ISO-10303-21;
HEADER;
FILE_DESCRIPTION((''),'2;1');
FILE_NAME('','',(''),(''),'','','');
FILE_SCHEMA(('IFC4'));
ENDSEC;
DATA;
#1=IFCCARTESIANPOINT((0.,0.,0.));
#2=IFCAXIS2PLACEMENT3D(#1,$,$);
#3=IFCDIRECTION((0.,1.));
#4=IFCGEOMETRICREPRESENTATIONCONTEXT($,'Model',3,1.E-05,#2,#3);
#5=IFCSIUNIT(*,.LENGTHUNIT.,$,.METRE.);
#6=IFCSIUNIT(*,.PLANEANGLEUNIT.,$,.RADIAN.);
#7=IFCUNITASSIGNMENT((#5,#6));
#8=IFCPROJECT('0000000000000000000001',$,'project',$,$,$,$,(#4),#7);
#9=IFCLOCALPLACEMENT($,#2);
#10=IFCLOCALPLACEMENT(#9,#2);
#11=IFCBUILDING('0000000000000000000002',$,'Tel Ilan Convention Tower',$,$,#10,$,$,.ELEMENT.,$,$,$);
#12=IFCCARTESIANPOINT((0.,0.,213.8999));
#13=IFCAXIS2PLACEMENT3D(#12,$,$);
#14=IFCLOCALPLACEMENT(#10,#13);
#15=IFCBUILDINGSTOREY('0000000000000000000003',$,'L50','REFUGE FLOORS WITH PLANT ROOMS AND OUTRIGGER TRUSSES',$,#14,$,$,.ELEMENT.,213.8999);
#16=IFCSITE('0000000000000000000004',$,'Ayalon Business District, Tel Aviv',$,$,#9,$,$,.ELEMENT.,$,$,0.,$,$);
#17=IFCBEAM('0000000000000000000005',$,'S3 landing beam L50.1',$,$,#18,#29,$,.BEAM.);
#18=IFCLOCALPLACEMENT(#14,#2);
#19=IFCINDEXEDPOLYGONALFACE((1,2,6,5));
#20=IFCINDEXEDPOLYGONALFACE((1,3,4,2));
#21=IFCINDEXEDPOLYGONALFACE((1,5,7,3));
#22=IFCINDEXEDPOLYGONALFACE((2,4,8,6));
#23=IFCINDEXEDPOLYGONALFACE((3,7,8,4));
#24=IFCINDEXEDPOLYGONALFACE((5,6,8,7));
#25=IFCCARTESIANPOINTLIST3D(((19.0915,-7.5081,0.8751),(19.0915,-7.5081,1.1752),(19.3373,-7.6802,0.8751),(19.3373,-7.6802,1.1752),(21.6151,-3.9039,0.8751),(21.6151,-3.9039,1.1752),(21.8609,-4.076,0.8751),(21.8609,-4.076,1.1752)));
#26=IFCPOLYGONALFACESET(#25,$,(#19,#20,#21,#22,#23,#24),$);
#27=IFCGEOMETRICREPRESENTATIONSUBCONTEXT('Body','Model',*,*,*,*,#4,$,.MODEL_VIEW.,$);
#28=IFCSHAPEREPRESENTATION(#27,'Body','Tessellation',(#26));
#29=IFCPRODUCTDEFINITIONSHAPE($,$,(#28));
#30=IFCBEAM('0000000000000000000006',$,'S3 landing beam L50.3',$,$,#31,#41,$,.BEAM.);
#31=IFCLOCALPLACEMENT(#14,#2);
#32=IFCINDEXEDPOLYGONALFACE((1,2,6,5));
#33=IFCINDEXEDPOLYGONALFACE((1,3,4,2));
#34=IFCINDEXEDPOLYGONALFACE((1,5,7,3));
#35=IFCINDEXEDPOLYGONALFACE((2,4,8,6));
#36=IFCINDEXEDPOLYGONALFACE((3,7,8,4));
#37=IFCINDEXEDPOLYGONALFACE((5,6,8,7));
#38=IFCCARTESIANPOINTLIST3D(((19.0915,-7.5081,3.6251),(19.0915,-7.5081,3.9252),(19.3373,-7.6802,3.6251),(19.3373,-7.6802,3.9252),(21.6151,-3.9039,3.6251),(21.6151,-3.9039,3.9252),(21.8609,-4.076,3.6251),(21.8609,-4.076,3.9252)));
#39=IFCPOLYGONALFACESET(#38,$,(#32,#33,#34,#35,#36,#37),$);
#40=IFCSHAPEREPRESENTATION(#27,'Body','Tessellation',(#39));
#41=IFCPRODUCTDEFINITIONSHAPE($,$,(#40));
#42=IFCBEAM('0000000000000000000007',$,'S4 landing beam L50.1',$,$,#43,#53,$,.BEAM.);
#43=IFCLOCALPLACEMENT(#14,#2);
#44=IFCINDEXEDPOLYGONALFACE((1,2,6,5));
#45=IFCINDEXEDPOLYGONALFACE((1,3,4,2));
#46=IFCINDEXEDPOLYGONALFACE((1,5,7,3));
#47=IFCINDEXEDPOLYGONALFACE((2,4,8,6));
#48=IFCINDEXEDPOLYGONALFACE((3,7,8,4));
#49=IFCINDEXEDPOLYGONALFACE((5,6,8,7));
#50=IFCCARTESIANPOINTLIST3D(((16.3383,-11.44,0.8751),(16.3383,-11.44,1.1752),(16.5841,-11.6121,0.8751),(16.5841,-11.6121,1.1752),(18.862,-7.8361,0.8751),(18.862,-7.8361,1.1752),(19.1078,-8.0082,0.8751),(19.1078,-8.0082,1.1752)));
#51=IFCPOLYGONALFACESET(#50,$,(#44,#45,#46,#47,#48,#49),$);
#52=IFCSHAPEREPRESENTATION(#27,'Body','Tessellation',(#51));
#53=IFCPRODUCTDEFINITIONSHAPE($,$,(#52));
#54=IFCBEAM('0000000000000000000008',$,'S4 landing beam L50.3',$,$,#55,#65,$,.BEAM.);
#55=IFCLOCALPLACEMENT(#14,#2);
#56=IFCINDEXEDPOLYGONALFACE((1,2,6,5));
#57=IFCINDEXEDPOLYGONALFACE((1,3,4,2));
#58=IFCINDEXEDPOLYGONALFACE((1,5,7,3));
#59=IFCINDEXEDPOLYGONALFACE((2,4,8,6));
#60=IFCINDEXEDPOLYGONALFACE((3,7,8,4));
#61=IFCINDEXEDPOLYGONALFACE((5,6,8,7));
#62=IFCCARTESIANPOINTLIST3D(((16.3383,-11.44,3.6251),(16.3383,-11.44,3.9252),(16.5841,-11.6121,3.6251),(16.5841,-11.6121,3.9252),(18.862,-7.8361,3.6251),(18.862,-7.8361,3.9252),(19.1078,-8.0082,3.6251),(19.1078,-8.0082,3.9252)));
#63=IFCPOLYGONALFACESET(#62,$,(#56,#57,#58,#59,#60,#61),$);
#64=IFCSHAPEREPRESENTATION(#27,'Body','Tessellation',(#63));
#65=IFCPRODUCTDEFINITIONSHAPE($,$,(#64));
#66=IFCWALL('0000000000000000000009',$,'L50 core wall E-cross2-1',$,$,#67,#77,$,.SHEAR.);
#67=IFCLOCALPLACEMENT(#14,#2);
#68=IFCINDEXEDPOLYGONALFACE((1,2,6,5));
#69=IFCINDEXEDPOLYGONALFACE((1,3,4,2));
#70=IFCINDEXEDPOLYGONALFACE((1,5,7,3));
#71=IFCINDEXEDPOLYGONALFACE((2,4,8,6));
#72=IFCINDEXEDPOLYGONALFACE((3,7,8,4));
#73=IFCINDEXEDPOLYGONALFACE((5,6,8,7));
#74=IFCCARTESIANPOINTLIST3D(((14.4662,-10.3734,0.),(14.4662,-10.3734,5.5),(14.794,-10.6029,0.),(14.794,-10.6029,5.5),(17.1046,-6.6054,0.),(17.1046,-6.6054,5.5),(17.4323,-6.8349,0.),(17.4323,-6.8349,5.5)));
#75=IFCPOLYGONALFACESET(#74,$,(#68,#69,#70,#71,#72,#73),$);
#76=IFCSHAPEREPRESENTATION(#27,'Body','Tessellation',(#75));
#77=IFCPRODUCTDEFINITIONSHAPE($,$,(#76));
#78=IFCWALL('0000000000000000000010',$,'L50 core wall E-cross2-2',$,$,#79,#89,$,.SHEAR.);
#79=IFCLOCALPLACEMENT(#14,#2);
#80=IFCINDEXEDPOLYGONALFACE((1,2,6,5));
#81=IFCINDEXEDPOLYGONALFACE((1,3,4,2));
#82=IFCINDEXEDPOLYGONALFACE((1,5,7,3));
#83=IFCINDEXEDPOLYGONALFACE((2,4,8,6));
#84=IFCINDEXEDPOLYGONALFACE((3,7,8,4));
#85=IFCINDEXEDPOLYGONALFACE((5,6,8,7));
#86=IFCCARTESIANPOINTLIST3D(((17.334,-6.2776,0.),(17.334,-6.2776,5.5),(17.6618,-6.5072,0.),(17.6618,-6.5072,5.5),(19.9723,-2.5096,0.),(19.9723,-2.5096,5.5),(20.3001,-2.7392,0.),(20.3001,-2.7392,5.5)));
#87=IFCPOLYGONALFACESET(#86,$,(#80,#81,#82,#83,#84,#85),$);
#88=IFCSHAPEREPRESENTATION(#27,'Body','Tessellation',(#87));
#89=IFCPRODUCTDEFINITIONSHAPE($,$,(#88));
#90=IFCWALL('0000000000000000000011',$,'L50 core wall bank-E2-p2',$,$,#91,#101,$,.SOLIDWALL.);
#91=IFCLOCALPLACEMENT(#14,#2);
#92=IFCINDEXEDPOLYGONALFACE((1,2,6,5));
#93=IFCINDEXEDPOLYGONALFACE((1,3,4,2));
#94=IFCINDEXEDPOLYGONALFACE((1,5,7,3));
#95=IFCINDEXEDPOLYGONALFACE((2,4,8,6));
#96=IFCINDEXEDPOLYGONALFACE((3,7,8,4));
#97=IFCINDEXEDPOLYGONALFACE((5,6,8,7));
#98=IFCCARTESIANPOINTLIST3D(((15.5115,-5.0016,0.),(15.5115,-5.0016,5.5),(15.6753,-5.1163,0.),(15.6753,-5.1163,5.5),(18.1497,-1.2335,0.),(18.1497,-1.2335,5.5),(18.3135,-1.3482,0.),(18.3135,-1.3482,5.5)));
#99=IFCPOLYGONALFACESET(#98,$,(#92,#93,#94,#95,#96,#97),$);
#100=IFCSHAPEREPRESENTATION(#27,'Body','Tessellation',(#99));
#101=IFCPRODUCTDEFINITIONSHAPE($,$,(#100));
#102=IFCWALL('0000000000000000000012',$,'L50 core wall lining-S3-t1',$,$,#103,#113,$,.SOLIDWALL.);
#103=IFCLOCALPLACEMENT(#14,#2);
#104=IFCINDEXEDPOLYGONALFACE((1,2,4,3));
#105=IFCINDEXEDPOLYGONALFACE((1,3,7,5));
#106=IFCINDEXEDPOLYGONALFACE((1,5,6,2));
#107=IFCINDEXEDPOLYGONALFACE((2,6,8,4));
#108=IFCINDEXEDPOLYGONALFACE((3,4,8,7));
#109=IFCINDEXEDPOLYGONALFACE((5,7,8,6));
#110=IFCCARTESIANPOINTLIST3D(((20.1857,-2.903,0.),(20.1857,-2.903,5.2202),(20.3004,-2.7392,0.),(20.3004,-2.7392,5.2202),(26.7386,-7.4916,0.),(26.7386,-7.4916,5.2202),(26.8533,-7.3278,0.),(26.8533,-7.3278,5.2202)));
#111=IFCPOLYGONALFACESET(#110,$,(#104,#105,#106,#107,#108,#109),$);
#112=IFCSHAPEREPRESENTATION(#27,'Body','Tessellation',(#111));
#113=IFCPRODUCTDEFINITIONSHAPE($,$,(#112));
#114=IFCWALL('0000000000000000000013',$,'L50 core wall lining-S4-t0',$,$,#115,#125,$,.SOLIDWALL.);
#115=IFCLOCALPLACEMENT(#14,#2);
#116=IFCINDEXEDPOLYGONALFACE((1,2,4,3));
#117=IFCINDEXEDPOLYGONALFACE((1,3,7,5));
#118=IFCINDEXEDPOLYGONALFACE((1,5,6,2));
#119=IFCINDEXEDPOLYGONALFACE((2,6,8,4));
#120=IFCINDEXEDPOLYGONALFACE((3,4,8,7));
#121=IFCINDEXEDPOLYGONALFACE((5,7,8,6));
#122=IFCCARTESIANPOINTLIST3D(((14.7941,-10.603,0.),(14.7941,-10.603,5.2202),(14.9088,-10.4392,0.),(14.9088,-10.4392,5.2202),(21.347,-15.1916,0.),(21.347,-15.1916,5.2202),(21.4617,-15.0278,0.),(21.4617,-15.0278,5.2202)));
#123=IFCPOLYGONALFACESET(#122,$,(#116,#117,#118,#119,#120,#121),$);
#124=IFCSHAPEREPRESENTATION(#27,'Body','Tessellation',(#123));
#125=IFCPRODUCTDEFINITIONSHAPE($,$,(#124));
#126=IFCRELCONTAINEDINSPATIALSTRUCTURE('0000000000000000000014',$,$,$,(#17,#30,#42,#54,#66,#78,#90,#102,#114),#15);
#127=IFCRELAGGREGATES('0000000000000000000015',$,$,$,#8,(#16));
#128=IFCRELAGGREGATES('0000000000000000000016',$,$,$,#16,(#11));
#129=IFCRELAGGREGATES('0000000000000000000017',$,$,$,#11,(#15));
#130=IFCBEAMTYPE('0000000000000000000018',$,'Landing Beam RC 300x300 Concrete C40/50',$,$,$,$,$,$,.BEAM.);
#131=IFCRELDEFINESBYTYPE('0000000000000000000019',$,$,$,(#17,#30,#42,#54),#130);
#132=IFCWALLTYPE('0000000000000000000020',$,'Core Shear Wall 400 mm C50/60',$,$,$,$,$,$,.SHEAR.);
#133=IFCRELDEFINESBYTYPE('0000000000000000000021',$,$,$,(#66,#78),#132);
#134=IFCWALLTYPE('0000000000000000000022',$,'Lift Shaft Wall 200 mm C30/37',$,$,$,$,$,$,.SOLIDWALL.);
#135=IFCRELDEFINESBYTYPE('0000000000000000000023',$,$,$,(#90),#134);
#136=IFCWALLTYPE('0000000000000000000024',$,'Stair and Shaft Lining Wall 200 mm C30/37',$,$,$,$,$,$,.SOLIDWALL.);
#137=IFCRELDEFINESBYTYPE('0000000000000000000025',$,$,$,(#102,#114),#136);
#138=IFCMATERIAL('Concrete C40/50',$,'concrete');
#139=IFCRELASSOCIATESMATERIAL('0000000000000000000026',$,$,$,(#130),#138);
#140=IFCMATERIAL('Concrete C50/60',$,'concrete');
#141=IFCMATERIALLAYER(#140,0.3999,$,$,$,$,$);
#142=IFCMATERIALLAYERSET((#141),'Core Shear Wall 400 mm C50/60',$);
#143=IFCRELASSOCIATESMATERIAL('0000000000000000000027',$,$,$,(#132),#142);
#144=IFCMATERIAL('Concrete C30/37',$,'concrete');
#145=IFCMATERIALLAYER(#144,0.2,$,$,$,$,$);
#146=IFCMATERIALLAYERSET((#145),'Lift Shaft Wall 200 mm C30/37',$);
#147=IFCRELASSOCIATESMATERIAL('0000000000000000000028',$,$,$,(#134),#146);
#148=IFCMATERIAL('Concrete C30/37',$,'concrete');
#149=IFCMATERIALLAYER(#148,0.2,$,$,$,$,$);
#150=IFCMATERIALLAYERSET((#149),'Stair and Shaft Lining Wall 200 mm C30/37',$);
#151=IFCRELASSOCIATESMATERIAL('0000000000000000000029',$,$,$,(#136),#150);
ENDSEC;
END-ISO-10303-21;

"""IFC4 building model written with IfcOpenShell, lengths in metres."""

from ifc_helpers import new_model, si_unit, direction, frame, frame_2d, origin, origin_2d, place, context, subcontext, project, spatial, polyline, rectangle, outline, extrude, material, layer, layer_set, material_profile, profile_set, type_object, element, save


model = new_model("IFC4")

# Units and contexts
model_context = context("Model", 3, precision=1e-05, world=origin(), true_north=direction((0.0, 1.0)))
body_context = subcontext(model_context, "Body", "Model", "MODEL_VIEW")
ifc_project = project(units=[si_unit("LENGTHUNIT", "METRE"), si_unit("PLANEANGLEUNIT", "RADIAN")], contexts=[model_context])

# Site, building, storey
site_placement = place(None, origin())
site = spatial("IfcSite", under=ifc_project, at=site_placement, Name="Ayalon Business District, Tel Aviv", CompositionType="ELEMENT", RefElevation=0.0)
building_placement = place(site_placement, origin())
building = spatial("IfcBuilding", under=site, at=building_placement, Name="Tel Ilan Convention Tower", CompositionType="ELEMENT")
storey_placement = place(building_placement, frame((0.0, 0.0, 213.8999)))
storey = spatial("IfcBuildingStorey", under=building, at=storey_placement, Name="L50", Description="REFUGE FLOORS WITH PLANT ROOMS AND OUTRIGGER TRUSSES", CompositionType="ELEMENT", Elevation=213.8999)

# Beams
ifc_material_1 = material(Name="Concrete C40/50", Category="concrete")
ifc_material_profile = material_profile(ifc_material_1, rectangle(XDim=0.3, YDim=0.3, at=origin_2d()), Name="RC 300x300")
ifc_profile_set = profile_set([ifc_material_profile], Name="Concrete C40/50")
beam_type = type_object("IfcBeamType", Name="Landing Beam RC 300x300 Concrete C40/50", PredefinedType="BEAM", material=ifc_profile_set)
for number, where, z_axis, x_axis, name in (
    (1, (21.738, -3.99, 1.0251), (-0.57357, -0.819156, 0.0), (0.819156, -0.57357, 0.0), "S3 landing beam L50.1"),
    (2, (21.738, -3.99, 3.7751), (-0.57357, -0.819156, 0.0), (0.819156, -0.57357, 0.0), "S3 landing beam L50.3"),
):
    element("IfcBeam", number, at=place(storey_placement, frame(where, z_axis=z_axis, x_axis=x_axis)), inside=storey, type_object=beam_type, Name=name, PredefinedType="BEAM", context=body_context, shape_type="SweptSolid", body=[
        extrude(rectangle(XDim=0.3, YDim=0.3, at=origin_2d()), origin(), (0.0, 0.0, 1.0), 4.3999),
    ])
for number, where, z_axis, x_axis, name in (
    (3, (18.9849, -7.9221, 1.0251), (-0.573596, -0.819138, 0.0), (0.819138, -0.573596, 0.0), "S4 landing beam L50.1"),
    (4, (18.9849, -7.9221, 3.7751), (-0.573596, -0.819138, 0.0), (0.819138, -0.573596, 0.0), "S4 landing beam L50.3"),
):
    element("IfcBeam", number, at=place(storey_placement, frame(where, z_axis=z_axis, x_axis=x_axis)), inside=storey, type_object=beam_type, Name=name, PredefinedType="BEAM", context=body_context, shape_type="SweptSolid", body=[
        extrude(rectangle(XDim=0.3, YDim=0.3, at=origin_2d()), origin(), (0.0, 0.0, 1.0), 4.3997),
    ])

# Walls
ifc_material_2 = material(Name="Concrete C50/60", Category="concrete")
ifc_layer_1 = layer(ifc_material_2, 0.3999)
ifc_layer_set_1 = layer_set([ifc_layer_1], Name="Core Shear Wall 400 mm C50/60")
wall_type_1 = type_object("IfcWallType", Name="Core Shear Wall 400 mm C50/60", PredefinedType="SHEAR", material=ifc_layer_set_1)
wall_1_placement = place(storey_placement, frame((14.6299, -10.4883, 0.0), z_axis=(0.0, 0.0, 1.0), x_axis=(0.573612, 0.819127, 0.0)))
element("IfcWall", 5, at=wall_1_placement, inside=storey, type_object=wall_type_1, Name="L50 core wall E-cross2-1", PredefinedType="SHEAR", context=body_context, shape_type="SweptSolid", body=[
    extrude(outline(polyline([(0.0002, 0.2), (0.0002, -0.2002), (4.6001, -0.2), (4.6001, 0.2002), (0.0002, 0.2)])), origin(), (0.0, 0.0, 1.0), 5.5),
])
wall_2_placement = place(storey_placement, frame((17.4978, -6.3923, 0.0), z_axis=(0.0, 0.0, 1.0), x_axis=(0.573612, 0.819127, 0.0)))
element("IfcWall", 6, at=wall_2_placement, inside=storey, type_object=wall_type_1, Name="L50 core wall E-cross2-2", PredefinedType="SHEAR", context=body_context, shape_type="SweptSolid", body=[
    extrude(outline(polyline([(4.5999, -0.2), (4.5999, 0.2002), (0.0, 0.2), (0.0, -0.2002), (4.5999, -0.2)])), origin(), (0.0, 0.0, 1.0), 5.5),
])
ifc_material_3 = material(Name="Concrete C30/37", Category="concrete")
ifc_layer_2 = layer(ifc_material_3, 0.2)
ifc_layer_set_2 = layer_set([ifc_layer_2], Name="Lift Shaft Wall 200 mm C30/37")
wall_type_2 = type_object("IfcWallType", Name="Lift Shaft Wall 200 mm C30/37", PredefinedType="SOLIDWALL", material=ifc_layer_set_2)
wall_3_placement = place(storey_placement, frame((15.5935, -5.0588, 0.0), z_axis=(0.0, 0.0, 1.0), x_axis=(0.573541, 0.819177, 0.0)))
element("IfcWall", 7, at=wall_3_placement, inside=storey, type_object=wall_type_2, Name="L50 core wall bank-E2-p2", PredefinedType="SOLIDWALL", context=body_context, shape_type="SweptSolid", body=[
    extrude(rectangle(XDim=4.5999, YDim=0.2, at=frame_2d((2.2998, 0.0))), origin(), (0.0, 0.0, 1.0), 5.5),
])
ifc_material_4 = material(Name="Concrete C30/37", Category="concrete")
ifc_layer_3 = layer(ifc_material_4, 0.2)
ifc_layer_set_3 = layer_set([ifc_layer_3], Name="Stair and Shaft Lining Wall 200 mm C30/37")
wall_type_3 = type_object("IfcWallType", Name="Stair and Shaft Lining Wall 200 mm C30/37", PredefinedType="SOLIDWALL", material=ifc_layer_set_3)
for number, where, z_axis, x_axis, name in (
    (8, (20.2429, -2.821, 0.0), (0.0, 0.0, 1.0), (0.819142, -0.573591, 0.0), "L50 core wall lining-S3-t1"),
    (9, (14.8513, -10.521, 0.0), (0.0, 0.0, 1.0), (0.819142, -0.573591, 0.0), "L50 core wall lining-S4-t0"),
):
    element("IfcWall", number, at=place(storey_placement, frame(where, z_axis=z_axis, x_axis=x_axis)), inside=storey, type_object=wall_type_3, Name=name, PredefinedType="SOLIDWALL", context=body_context, shape_type="SweptSolid", body=[
        extrude(rectangle(XDim=7.9998, YDim=0.2, at=frame_2d((4.0, 0.0))), origin(), (0.0, 0.0, 1.0), 5.2202),
    ])

save(model, "model.ifc")
